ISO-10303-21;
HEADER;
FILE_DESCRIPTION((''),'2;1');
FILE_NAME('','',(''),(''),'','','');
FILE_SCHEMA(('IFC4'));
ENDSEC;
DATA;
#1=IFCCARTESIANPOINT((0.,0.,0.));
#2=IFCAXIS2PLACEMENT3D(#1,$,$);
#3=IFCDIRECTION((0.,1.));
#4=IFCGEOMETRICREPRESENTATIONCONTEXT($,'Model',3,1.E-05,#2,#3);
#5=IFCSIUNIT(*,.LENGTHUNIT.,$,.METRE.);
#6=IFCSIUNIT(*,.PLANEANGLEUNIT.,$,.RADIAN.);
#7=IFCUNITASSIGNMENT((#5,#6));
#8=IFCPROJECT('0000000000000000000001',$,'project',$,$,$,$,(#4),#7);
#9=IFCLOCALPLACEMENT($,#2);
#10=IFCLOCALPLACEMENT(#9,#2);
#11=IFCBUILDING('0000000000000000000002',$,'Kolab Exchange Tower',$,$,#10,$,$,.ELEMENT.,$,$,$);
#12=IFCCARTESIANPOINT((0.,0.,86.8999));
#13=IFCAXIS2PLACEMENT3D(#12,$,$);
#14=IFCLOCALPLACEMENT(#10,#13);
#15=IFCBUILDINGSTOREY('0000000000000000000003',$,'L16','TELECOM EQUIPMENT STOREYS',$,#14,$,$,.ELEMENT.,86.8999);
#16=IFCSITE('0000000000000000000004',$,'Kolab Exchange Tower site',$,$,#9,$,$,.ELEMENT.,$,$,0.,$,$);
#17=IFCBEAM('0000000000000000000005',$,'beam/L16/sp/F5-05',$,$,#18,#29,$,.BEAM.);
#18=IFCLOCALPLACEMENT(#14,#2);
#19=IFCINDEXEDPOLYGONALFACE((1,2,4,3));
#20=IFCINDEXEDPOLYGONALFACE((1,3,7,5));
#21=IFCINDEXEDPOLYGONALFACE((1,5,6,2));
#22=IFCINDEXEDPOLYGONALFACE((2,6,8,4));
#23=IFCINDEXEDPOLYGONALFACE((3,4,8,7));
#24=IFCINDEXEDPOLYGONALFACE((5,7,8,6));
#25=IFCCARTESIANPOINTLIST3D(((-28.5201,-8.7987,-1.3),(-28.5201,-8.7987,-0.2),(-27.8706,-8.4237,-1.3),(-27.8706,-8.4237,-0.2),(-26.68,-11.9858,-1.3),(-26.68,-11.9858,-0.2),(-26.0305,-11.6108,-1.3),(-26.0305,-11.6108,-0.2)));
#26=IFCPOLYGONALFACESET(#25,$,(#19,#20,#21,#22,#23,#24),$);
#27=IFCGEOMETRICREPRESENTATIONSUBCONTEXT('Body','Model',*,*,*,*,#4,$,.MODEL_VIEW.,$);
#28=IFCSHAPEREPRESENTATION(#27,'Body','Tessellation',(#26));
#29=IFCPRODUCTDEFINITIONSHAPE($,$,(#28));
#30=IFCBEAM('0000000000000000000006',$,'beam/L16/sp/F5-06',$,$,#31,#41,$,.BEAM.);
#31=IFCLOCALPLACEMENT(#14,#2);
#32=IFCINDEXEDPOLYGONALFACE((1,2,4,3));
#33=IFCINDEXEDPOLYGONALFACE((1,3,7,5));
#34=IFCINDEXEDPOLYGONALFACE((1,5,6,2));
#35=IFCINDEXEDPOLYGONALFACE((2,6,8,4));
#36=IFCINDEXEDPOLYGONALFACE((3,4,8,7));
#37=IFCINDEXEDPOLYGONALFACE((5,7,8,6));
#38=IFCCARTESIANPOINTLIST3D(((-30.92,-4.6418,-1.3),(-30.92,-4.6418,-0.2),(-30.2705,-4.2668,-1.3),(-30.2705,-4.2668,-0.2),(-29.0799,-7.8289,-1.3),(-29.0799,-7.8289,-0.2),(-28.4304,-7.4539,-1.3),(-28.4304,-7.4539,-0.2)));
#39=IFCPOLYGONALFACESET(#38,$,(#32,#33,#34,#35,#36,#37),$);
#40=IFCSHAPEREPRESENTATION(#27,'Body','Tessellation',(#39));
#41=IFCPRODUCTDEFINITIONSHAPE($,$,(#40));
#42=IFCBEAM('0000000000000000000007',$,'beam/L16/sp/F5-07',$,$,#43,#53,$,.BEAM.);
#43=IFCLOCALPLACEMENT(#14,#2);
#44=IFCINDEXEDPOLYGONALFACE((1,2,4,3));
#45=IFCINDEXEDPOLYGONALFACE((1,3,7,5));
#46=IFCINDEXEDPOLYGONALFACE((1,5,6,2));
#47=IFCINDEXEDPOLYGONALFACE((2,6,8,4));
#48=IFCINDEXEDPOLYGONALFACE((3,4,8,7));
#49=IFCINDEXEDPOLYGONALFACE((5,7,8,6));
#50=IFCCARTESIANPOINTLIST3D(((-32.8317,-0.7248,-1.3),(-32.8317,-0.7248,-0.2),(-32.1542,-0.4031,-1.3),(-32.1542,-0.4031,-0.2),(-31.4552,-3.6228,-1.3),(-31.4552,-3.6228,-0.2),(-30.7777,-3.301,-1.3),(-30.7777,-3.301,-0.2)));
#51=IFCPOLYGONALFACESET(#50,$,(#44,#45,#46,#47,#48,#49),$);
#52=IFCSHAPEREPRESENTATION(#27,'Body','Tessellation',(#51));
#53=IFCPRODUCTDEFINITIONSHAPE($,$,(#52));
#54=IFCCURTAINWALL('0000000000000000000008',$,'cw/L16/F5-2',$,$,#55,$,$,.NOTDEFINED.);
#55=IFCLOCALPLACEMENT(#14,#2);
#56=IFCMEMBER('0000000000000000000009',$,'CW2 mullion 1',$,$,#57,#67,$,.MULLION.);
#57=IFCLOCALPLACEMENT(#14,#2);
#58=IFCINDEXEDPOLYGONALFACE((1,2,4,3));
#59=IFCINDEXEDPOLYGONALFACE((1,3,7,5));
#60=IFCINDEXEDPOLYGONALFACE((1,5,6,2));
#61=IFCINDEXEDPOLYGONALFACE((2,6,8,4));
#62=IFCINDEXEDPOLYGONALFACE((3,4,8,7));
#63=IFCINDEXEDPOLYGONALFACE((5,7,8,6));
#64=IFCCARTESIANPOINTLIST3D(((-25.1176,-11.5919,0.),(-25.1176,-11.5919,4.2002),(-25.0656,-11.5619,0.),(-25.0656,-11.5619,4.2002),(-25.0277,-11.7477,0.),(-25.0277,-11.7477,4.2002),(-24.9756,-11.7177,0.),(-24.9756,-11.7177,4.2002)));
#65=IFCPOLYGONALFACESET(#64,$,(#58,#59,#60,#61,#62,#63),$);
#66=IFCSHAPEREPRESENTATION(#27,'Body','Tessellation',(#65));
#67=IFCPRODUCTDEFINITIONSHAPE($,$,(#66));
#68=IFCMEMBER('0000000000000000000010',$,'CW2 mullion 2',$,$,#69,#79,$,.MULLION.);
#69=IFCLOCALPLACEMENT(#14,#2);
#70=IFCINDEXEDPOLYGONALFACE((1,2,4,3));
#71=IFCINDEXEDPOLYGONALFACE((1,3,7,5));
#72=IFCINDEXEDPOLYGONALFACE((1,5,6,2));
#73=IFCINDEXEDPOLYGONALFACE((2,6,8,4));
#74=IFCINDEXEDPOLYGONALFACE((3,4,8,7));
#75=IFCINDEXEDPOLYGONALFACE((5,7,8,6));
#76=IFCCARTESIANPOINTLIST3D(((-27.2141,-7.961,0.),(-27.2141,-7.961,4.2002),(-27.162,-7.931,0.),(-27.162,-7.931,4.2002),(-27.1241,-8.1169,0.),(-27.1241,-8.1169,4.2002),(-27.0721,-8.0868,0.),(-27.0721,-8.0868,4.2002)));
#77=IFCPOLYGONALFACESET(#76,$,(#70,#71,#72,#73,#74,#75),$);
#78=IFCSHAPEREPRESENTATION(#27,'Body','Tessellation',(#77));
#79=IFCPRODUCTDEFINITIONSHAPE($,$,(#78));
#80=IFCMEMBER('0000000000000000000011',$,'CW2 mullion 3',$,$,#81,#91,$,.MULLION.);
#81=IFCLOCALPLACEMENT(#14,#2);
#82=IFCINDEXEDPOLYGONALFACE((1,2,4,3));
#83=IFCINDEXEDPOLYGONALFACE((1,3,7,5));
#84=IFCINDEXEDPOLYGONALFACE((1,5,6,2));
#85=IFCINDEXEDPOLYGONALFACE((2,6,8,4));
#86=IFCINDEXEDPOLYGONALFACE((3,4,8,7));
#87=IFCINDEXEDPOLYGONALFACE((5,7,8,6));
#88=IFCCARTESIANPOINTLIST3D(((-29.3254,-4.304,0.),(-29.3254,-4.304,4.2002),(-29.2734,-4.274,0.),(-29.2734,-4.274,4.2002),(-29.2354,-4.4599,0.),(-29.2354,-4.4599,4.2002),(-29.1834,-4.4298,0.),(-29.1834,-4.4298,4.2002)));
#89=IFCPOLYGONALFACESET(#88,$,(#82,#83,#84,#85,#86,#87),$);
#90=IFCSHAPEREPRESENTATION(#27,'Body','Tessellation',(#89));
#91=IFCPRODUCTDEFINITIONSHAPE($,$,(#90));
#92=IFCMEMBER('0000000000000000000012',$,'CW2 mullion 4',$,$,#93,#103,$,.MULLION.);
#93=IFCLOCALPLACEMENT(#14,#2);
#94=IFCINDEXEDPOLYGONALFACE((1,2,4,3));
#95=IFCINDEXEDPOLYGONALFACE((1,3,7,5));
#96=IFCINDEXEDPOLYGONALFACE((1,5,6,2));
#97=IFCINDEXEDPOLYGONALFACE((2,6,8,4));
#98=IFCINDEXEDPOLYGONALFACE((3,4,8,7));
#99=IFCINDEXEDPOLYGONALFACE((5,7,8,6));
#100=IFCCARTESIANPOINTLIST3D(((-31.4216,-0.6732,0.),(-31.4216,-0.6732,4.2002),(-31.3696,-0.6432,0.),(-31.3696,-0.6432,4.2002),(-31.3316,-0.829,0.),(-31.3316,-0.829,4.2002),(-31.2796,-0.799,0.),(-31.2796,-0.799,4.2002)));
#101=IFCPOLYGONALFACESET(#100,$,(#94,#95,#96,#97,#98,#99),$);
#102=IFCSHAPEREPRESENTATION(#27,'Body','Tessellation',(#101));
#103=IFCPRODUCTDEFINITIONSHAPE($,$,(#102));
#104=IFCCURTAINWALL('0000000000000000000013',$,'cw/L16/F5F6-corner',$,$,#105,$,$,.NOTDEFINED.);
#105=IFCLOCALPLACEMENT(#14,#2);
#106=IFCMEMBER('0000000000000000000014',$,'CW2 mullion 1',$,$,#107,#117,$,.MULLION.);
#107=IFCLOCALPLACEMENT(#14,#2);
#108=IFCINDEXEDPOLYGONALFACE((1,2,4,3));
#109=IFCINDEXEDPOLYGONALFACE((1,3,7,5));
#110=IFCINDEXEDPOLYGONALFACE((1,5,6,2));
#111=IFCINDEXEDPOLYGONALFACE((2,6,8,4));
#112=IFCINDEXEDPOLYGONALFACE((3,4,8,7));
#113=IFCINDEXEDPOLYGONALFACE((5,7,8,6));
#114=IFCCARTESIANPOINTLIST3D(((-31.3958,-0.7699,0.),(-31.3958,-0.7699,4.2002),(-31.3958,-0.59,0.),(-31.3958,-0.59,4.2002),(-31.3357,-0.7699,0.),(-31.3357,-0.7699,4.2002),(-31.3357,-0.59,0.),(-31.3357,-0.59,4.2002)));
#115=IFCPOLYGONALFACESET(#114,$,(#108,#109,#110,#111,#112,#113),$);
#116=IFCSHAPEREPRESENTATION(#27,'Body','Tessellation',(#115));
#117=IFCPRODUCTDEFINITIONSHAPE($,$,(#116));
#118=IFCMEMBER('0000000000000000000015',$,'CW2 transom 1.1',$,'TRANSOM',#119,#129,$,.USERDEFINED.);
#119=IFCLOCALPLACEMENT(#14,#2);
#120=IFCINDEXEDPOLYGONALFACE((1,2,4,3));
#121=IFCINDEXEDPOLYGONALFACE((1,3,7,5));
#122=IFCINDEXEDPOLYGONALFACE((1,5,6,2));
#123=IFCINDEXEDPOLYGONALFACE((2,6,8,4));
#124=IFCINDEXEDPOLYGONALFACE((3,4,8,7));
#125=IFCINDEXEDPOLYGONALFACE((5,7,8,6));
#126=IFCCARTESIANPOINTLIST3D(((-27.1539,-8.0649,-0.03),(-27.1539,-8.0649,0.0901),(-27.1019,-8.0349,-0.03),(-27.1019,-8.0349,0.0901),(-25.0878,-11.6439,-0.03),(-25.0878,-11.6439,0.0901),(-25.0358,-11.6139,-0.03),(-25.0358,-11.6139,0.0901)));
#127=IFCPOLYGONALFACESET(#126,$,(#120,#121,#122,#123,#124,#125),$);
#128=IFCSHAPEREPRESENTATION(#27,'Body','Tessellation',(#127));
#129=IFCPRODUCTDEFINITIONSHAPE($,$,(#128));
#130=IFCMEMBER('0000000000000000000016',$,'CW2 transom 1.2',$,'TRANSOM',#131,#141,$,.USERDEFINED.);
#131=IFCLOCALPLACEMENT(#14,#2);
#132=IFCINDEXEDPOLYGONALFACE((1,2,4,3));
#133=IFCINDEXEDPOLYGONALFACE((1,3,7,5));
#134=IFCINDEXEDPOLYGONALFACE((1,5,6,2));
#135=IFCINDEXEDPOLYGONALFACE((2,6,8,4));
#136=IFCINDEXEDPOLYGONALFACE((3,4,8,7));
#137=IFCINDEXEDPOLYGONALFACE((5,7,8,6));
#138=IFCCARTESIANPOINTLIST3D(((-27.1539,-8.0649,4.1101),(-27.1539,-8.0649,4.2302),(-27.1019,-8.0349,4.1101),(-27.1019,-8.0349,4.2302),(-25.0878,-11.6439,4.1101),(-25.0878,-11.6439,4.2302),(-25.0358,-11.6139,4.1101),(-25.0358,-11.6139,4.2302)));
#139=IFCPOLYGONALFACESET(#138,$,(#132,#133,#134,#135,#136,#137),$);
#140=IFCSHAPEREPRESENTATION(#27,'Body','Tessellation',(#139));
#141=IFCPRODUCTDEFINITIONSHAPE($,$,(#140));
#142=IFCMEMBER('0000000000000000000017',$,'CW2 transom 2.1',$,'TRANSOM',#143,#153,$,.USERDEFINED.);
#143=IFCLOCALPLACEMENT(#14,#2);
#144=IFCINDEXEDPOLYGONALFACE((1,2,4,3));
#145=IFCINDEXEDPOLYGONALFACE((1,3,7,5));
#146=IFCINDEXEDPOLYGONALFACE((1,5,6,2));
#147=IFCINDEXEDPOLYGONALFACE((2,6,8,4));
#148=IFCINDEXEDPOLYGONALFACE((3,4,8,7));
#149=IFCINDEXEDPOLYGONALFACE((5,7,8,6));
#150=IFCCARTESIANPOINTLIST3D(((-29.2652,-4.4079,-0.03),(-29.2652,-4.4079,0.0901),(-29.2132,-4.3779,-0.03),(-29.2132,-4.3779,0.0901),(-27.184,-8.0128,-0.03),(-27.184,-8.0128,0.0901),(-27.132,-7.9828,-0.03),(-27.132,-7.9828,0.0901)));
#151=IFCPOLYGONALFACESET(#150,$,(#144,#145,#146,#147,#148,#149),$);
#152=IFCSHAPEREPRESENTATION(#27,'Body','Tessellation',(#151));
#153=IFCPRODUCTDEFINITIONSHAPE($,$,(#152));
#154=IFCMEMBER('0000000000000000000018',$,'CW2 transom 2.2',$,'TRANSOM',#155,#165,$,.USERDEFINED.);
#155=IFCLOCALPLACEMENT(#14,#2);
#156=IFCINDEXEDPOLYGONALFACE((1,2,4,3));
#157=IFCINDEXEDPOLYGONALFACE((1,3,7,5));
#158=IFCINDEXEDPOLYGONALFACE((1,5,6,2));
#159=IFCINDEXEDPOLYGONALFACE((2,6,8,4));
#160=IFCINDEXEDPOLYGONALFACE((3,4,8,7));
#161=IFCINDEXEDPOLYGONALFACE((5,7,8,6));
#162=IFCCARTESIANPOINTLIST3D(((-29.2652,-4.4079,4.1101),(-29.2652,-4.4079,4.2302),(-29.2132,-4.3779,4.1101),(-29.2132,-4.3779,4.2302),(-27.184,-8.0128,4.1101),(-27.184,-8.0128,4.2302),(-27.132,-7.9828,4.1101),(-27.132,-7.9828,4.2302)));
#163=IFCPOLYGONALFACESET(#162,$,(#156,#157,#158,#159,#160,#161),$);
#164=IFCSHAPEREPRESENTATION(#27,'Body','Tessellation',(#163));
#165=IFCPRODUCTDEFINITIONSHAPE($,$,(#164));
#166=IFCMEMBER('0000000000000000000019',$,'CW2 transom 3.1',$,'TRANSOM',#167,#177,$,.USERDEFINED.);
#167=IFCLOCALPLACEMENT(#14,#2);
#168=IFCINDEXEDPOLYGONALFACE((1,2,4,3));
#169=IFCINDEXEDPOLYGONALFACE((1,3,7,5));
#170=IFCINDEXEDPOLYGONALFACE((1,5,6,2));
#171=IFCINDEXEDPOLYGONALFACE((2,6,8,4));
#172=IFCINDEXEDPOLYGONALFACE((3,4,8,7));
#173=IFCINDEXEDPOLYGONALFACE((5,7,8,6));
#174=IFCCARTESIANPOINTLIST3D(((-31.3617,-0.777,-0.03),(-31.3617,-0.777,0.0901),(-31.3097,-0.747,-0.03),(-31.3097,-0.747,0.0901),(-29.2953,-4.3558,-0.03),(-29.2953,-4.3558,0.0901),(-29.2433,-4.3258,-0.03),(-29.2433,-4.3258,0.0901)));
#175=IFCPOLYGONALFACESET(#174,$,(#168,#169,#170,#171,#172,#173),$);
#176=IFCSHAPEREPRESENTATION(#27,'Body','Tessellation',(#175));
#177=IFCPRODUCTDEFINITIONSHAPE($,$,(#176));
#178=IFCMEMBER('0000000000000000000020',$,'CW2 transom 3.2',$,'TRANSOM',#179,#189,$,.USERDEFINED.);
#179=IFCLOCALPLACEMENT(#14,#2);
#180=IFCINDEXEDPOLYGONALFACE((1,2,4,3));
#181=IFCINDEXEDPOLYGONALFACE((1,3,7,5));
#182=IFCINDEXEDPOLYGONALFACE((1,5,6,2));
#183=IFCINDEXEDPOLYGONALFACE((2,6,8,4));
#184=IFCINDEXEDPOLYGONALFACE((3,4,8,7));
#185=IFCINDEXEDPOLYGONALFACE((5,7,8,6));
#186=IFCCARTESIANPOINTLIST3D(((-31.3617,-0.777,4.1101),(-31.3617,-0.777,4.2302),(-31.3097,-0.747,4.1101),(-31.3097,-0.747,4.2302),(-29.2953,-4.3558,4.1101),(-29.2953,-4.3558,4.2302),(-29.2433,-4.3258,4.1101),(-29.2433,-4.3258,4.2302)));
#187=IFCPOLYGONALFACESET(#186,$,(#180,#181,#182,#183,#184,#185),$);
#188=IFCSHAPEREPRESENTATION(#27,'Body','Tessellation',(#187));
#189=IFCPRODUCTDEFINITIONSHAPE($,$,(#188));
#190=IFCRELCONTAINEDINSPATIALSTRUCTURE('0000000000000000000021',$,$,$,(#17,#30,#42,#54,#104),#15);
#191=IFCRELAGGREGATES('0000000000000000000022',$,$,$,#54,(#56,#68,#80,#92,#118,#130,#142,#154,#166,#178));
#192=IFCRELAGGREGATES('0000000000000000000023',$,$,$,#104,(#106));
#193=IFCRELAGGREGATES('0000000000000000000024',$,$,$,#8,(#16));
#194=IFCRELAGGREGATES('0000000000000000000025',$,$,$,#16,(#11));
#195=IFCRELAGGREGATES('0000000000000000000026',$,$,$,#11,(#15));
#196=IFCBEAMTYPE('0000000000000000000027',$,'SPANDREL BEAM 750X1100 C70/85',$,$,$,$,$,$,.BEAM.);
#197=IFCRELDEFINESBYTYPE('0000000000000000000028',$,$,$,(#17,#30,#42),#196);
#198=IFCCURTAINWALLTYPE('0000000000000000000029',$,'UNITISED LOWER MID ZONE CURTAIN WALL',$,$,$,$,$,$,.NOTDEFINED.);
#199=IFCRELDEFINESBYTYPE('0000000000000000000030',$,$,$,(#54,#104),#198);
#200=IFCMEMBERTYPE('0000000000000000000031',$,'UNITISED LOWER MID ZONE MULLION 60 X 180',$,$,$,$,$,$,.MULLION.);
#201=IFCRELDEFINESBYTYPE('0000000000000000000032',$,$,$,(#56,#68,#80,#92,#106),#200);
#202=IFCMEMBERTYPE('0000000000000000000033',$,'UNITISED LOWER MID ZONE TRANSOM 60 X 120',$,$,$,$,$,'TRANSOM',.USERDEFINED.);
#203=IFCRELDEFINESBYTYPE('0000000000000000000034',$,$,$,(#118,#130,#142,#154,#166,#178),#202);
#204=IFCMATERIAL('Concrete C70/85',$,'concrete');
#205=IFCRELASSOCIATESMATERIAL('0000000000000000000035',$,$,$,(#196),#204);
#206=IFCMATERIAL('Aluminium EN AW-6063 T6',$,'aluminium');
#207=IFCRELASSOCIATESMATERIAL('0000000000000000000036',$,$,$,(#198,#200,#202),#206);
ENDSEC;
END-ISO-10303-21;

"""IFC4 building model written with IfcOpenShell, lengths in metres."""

from ifc_helpers import new_model, si_unit, direction, frame, origin, origin_2d, place, context, subcontext, project, spatial, rectangle, extrude, material, material_profile, profile_set, type_object, element, aggregate, save


model = new_model("IFC4")

# Units and contexts
model_context = context("Model", 3, precision=1e-05, world=origin(), true_north=direction((0.0, 1.0)))
body_context = subcontext(model_context, "Body", "Model", "MODEL_VIEW")
ifc_project = project(units=[si_unit("LENGTHUNIT", "METRE"), si_unit("PLANEANGLEUNIT", "RADIAN")], contexts=[model_context])

# Site, building, storey
site_placement = place(None, origin())
site = spatial("IfcSite", under=ifc_project, at=site_placement, Name="Kolab Exchange Tower site", CompositionType="ELEMENT", RefElevation=0.0)
building_placement = place(site_placement, origin())
building = spatial("IfcBuilding", under=site, at=building_placement, Name="Kolab Exchange Tower", CompositionType="ELEMENT")
storey_placement = place(building_placement, frame((0.0, 0.0, 86.8999)))
storey = spatial("IfcBuildingStorey", under=building, at=storey_placement, Name="L16", Description="TELECOM EQUIPMENT STOREYS", CompositionType="ELEMENT", Elevation=86.8999)

# Shared definitions
ifc_material_1 = material(Name="Concrete C70/85", Category="concrete")

# Beams
ifc_material_profile_1 = material_profile(ifc_material_1, rectangle(XDim=0.75, YDim=1.1001, at=origin_2d()), Name="RC750X1100")
ifc_profile_set_1 = profile_set([ifc_material_profile_1], Name="Concrete C70/85")
beam_type_1 = type_object("IfcBeamType", Name="SPANDREL BEAM 750X1100 C70/85", PredefinedType="BEAM", material=ifc_profile_set_1)
for number, where, z_axis, x_axis, name in (
    (1, (-26.3552, -11.7983, -0.75), (-0.500013, 0.866018, 0.0), (-0.866018, -0.500013, 0.0), "beam/L16/sp/F5-05"),
    (2, (-28.7551, -7.6414, -0.75), (-0.500013, 0.866018, 0.0), (-0.866018, -0.500013, 0.0), "beam/L16/sp/F5-06"),
):
    element("IfcBeam", number, at=place(storey_placement, frame(where, z_axis=z_axis, x_axis=x_axis)), inside=storey, type_object=beam_type_1, Name=name, PredefinedType="BEAM", context=body_context, shape_type="SweptSolid", body=[
        extrude(rectangle(XDim=0.75, YDim=1.1001, at=origin_2d()), origin(), (0.0, 0.0, 1.0), 3.6802),
    ])
beam_1_placement = place(storey_placement, frame((-31.1165, -3.4619, -0.75), z_axis=(-0.429041, 0.903285, 0.0), x_axis=(-0.903285, -0.429041, 0.0)))
element("IfcBeam", 3, at=beam_1_placement, inside=storey, type_object=beam_type_1, Name="beam/L16/sp/F5-07", PredefinedType="BEAM", context=body_context, shape_type="SweptSolid", body=[
    extrude(rectangle(XDim=0.75, YDim=1.1001, at=origin_2d()), origin(), (0.0, 0.0, 1.0), 3.2083),
])

# Curtain wall, members
ifc_material_2 = material(Name="Aluminium EN AW-6063 T6", Category="aluminium")
curtain_wall_type = type_object("IfcCurtainWallType", Name="UNITISED LOWER MID ZONE CURTAIN WALL", PredefinedType="NOTDEFINED", material=ifc_material_2)
curtain_wall_1_placement = place(storey_placement, origin())
curtain_wall_1 = element("IfcCurtainWall", 4, at=curtain_wall_1_placement, inside=storey, type_object=curtain_wall_type, Name="cw/L16/F5-2", PredefinedType="NOTDEFINED")
ifc_material_profile_2 = material_profile(ifc_material_2, rectangle(XDim=0.0601, YDim=0.1799, at=origin_2d()), Name="RECT 60X180")
ifc_profile_set_2 = profile_set([ifc_material_profile_2], Name="Aluminium EN AW-6063 T6")
member_type_1 = type_object("IfcMemberType", Name="UNITISED LOWER MID ZONE MULLION 60 X 180", PredefinedType="MULLION", material=ifc_profile_set_2)
member_1_placement = place(storey_placement, frame((-25.0466, -11.6548, 0.0), z_axis=(0.0, 0.0, 1.0), x_axis=(-0.866025, -0.5, 0.0)))
member_1 = element("IfcMember", 5, at=member_1_placement, type_object=member_type_1, Name="CW2 mullion 1", PredefinedType="MULLION", context=body_context, shape_type="SweptSolid", body=[
    extrude(rectangle(XDim=0.0601, YDim=0.1799, at=origin_2d()), origin(), (0.0, 0.0, 1.0), 4.2002),
])
member_2_placement = place(storey_placement, frame((-27.1431, -8.0239, 0.0), z_axis=(0.0, 0.0, 1.0), x_axis=(-0.866025, -0.5, 0.0)))
member_2 = element("IfcMember", 6, at=member_2_placement, type_object=member_type_1, Name="CW2 mullion 2", PredefinedType="MULLION", context=body_context, shape_type="SweptSolid", body=[
    extrude(rectangle(XDim=0.0601, YDim=0.1799, at=origin_2d()), origin(), (0.0, 0.0, 1.0), 4.2002),
])
member_3_placement = place(storey_placement, frame((-29.2544, -4.3669, 0.0), z_axis=(0.0, 0.0, 1.0), x_axis=(-0.866025, -0.5, 0.0)))
member_3 = element("IfcMember", 7, at=member_3_placement, type_object=member_type_1, Name="CW2 mullion 3", PredefinedType="MULLION", context=body_context, shape_type="SweptSolid", body=[
    extrude(rectangle(XDim=0.0601, YDim=0.1799, at=origin_2d()), origin(), (0.0, 0.0, 1.0), 4.2002),
])
member_4_placement = place(storey_placement, frame((-31.3506, -0.7361, 0.0), z_axis=(0.0, 0.0, 1.0), x_axis=(-0.866025, -0.5, 0.0)))
member_4 = element("IfcMember", 8, at=member_4_placement, type_object=member_type_1, Name="CW2 mullion 4", PredefinedType="MULLION", context=body_context, shape_type="SweptSolid", body=[
    extrude(rectangle(XDim=0.0601, YDim=0.1799, at=origin_2d()), origin(), (0.0, 0.0, 1.0), 4.2002),
])

# Curtain wall, member
curtain_wall_2_placement = place(storey_placement, origin())
curtain_wall_2 = element("IfcCurtainWall", 9, at=curtain_wall_2_placement, inside=storey, type_object=curtain_wall_type, Name="cw/L16/F5F6-corner", PredefinedType="NOTDEFINED")
member_5_placement = place(storey_placement, frame((-31.3657, -0.6799, 0.0), z_axis=(0.0, 0.0, 1.0), x_axis=(-1.0, 0.0, 0.0)))
member_5 = element("IfcMember", 10, at=member_5_placement, type_object=member_type_1, Name="CW2 mullion 1", PredefinedType="MULLION", context=body_context, shape_type="SweptSolid", body=[
    extrude(rectangle(XDim=0.0601, YDim=0.1799, at=origin_2d()), origin(), (0.0, 0.0, 1.0), 4.2002),
])

# Members
ifc_material_profile_3 = material_profile(ifc_material_2, rectangle(XDim=0.0601, YDim=0.1201, at=origin_2d()), Name="RECT 60X120")
ifc_profile_set_3 = profile_set([ifc_material_profile_3], Name="Aluminium EN AW-6063 T6")
member_type_2 = type_object("IfcMemberType", Name="UNITISED LOWER MID ZONE TRANSOM 60 X 120", ElementType="TRANSOM", PredefinedType="USERDEFINED", material=ifc_profile_set_3)
member_6_placement = place(storey_placement, frame((-25.0618, -11.6289, 0.03), z_axis=(-0.499958, 0.86605, 0.0), x_axis=(-0.86605, -0.499958, 0.0)))
member_6 = element("IfcMember", 11, at=member_6_placement, type_object=member_type_2, Name="CW2 transom 1.1", ObjectType="TRANSOM", PredefinedType="USERDEFINED", context=body_context, shape_type="SweptSolid", body=[
    extrude(rectangle(XDim=0.0601, YDim=0.1201, at=origin_2d()), origin(), (0.0, 0.0, 1.0), 4.1326),
])
member_7_placement = place(storey_placement, frame((-25.0618, -11.6289, 4.1702), z_axis=(-0.499958, 0.86605, 0.0), x_axis=(-0.86605, -0.499958, 0.0)))
member_7 = element("IfcMember", 12, at=member_7_placement, type_object=member_type_2, Name="CW2 transom 1.2", ObjectType="TRANSOM", PredefinedType="USERDEFINED", context=body_context, shape_type="SweptSolid", body=[
    extrude(rectangle(XDim=0.0601, YDim=0.1201, at=origin_2d()), origin(), (0.0, 0.0, 1.0), 4.1326),
])
member_8_placement = place(storey_placement, frame((-27.158, -7.9978, 0.03), z_axis=(-0.499993, 0.866029, 0.0), x_axis=(-0.866029, -0.499993, 0.0)))
member_8 = element("IfcMember", 13, at=member_8_placement, type_object=member_type_2, Name="CW2 transom 2.1", ObjectType="TRANSOM", PredefinedType="USERDEFINED", context=body_context, shape_type="SweptSolid", body=[
    extrude(rectangle(XDim=0.0601, YDim=0.1201, at=origin_2d()), origin(), (0.0, 0.0, 1.0), 4.1626),
])
member_9_placement = place(storey_placement, frame((-27.158, -7.9978, 4.1702), z_axis=(-0.499993, 0.866029, 0.0), x_axis=(-0.866029, -0.499993, 0.0)))
member_9 = element("IfcMember", 14, at=member_9_placement, type_object=member_type_2, Name="CW2 transom 2.2", ObjectType="TRANSOM", PredefinedType="USERDEFINED", context=body_context, shape_type="SweptSolid", body=[
    extrude(rectangle(XDim=0.0601, YDim=0.1201, at=origin_2d()), origin(), (0.0, 0.0, 1.0), 4.1626),
])
member_10_placement = place(storey_placement, frame((-29.2693, -4.3408, 0.03), z_axis=(-0.500028, 0.866009, 0.0), x_axis=(-0.866009, -0.500028, 0.0)))
member_10 = element("IfcMember", 15, at=member_10_placement, type_object=member_type_2, Name="CW2 transom 3.1", ObjectType="TRANSOM", PredefinedType="USERDEFINED", context=body_context, shape_type="SweptSolid", body=[
    extrude(rectangle(XDim=0.0601, YDim=0.1201, at=origin_2d()), origin(), (0.0, 0.0, 1.0), 4.1326),
])
member_11_placement = place(storey_placement, frame((-29.2693, -4.3408, 4.1702), z_axis=(-0.500028, 0.866009, 0.0), x_axis=(-0.866009, -0.500028, 0.0)))
member_11 = element("IfcMember", 16, at=member_11_placement, type_object=member_type_2, Name="CW2 transom 3.2", ObjectType="TRANSOM", PredefinedType="USERDEFINED", context=body_context, shape_type="SweptSolid", body=[
    extrude(rectangle(XDim=0.0601, YDim=0.1201, at=origin_2d()), origin(), (0.0, 0.0, 1.0), 4.1326),
])

aggregate(curtain_wall_1, [member_1, member_2, member_3, member_4, member_6, member_7, member_8, member_9, member_10, member_11])
aggregate(curtain_wall_2, [member_5])

save(model, "model.ifc")
